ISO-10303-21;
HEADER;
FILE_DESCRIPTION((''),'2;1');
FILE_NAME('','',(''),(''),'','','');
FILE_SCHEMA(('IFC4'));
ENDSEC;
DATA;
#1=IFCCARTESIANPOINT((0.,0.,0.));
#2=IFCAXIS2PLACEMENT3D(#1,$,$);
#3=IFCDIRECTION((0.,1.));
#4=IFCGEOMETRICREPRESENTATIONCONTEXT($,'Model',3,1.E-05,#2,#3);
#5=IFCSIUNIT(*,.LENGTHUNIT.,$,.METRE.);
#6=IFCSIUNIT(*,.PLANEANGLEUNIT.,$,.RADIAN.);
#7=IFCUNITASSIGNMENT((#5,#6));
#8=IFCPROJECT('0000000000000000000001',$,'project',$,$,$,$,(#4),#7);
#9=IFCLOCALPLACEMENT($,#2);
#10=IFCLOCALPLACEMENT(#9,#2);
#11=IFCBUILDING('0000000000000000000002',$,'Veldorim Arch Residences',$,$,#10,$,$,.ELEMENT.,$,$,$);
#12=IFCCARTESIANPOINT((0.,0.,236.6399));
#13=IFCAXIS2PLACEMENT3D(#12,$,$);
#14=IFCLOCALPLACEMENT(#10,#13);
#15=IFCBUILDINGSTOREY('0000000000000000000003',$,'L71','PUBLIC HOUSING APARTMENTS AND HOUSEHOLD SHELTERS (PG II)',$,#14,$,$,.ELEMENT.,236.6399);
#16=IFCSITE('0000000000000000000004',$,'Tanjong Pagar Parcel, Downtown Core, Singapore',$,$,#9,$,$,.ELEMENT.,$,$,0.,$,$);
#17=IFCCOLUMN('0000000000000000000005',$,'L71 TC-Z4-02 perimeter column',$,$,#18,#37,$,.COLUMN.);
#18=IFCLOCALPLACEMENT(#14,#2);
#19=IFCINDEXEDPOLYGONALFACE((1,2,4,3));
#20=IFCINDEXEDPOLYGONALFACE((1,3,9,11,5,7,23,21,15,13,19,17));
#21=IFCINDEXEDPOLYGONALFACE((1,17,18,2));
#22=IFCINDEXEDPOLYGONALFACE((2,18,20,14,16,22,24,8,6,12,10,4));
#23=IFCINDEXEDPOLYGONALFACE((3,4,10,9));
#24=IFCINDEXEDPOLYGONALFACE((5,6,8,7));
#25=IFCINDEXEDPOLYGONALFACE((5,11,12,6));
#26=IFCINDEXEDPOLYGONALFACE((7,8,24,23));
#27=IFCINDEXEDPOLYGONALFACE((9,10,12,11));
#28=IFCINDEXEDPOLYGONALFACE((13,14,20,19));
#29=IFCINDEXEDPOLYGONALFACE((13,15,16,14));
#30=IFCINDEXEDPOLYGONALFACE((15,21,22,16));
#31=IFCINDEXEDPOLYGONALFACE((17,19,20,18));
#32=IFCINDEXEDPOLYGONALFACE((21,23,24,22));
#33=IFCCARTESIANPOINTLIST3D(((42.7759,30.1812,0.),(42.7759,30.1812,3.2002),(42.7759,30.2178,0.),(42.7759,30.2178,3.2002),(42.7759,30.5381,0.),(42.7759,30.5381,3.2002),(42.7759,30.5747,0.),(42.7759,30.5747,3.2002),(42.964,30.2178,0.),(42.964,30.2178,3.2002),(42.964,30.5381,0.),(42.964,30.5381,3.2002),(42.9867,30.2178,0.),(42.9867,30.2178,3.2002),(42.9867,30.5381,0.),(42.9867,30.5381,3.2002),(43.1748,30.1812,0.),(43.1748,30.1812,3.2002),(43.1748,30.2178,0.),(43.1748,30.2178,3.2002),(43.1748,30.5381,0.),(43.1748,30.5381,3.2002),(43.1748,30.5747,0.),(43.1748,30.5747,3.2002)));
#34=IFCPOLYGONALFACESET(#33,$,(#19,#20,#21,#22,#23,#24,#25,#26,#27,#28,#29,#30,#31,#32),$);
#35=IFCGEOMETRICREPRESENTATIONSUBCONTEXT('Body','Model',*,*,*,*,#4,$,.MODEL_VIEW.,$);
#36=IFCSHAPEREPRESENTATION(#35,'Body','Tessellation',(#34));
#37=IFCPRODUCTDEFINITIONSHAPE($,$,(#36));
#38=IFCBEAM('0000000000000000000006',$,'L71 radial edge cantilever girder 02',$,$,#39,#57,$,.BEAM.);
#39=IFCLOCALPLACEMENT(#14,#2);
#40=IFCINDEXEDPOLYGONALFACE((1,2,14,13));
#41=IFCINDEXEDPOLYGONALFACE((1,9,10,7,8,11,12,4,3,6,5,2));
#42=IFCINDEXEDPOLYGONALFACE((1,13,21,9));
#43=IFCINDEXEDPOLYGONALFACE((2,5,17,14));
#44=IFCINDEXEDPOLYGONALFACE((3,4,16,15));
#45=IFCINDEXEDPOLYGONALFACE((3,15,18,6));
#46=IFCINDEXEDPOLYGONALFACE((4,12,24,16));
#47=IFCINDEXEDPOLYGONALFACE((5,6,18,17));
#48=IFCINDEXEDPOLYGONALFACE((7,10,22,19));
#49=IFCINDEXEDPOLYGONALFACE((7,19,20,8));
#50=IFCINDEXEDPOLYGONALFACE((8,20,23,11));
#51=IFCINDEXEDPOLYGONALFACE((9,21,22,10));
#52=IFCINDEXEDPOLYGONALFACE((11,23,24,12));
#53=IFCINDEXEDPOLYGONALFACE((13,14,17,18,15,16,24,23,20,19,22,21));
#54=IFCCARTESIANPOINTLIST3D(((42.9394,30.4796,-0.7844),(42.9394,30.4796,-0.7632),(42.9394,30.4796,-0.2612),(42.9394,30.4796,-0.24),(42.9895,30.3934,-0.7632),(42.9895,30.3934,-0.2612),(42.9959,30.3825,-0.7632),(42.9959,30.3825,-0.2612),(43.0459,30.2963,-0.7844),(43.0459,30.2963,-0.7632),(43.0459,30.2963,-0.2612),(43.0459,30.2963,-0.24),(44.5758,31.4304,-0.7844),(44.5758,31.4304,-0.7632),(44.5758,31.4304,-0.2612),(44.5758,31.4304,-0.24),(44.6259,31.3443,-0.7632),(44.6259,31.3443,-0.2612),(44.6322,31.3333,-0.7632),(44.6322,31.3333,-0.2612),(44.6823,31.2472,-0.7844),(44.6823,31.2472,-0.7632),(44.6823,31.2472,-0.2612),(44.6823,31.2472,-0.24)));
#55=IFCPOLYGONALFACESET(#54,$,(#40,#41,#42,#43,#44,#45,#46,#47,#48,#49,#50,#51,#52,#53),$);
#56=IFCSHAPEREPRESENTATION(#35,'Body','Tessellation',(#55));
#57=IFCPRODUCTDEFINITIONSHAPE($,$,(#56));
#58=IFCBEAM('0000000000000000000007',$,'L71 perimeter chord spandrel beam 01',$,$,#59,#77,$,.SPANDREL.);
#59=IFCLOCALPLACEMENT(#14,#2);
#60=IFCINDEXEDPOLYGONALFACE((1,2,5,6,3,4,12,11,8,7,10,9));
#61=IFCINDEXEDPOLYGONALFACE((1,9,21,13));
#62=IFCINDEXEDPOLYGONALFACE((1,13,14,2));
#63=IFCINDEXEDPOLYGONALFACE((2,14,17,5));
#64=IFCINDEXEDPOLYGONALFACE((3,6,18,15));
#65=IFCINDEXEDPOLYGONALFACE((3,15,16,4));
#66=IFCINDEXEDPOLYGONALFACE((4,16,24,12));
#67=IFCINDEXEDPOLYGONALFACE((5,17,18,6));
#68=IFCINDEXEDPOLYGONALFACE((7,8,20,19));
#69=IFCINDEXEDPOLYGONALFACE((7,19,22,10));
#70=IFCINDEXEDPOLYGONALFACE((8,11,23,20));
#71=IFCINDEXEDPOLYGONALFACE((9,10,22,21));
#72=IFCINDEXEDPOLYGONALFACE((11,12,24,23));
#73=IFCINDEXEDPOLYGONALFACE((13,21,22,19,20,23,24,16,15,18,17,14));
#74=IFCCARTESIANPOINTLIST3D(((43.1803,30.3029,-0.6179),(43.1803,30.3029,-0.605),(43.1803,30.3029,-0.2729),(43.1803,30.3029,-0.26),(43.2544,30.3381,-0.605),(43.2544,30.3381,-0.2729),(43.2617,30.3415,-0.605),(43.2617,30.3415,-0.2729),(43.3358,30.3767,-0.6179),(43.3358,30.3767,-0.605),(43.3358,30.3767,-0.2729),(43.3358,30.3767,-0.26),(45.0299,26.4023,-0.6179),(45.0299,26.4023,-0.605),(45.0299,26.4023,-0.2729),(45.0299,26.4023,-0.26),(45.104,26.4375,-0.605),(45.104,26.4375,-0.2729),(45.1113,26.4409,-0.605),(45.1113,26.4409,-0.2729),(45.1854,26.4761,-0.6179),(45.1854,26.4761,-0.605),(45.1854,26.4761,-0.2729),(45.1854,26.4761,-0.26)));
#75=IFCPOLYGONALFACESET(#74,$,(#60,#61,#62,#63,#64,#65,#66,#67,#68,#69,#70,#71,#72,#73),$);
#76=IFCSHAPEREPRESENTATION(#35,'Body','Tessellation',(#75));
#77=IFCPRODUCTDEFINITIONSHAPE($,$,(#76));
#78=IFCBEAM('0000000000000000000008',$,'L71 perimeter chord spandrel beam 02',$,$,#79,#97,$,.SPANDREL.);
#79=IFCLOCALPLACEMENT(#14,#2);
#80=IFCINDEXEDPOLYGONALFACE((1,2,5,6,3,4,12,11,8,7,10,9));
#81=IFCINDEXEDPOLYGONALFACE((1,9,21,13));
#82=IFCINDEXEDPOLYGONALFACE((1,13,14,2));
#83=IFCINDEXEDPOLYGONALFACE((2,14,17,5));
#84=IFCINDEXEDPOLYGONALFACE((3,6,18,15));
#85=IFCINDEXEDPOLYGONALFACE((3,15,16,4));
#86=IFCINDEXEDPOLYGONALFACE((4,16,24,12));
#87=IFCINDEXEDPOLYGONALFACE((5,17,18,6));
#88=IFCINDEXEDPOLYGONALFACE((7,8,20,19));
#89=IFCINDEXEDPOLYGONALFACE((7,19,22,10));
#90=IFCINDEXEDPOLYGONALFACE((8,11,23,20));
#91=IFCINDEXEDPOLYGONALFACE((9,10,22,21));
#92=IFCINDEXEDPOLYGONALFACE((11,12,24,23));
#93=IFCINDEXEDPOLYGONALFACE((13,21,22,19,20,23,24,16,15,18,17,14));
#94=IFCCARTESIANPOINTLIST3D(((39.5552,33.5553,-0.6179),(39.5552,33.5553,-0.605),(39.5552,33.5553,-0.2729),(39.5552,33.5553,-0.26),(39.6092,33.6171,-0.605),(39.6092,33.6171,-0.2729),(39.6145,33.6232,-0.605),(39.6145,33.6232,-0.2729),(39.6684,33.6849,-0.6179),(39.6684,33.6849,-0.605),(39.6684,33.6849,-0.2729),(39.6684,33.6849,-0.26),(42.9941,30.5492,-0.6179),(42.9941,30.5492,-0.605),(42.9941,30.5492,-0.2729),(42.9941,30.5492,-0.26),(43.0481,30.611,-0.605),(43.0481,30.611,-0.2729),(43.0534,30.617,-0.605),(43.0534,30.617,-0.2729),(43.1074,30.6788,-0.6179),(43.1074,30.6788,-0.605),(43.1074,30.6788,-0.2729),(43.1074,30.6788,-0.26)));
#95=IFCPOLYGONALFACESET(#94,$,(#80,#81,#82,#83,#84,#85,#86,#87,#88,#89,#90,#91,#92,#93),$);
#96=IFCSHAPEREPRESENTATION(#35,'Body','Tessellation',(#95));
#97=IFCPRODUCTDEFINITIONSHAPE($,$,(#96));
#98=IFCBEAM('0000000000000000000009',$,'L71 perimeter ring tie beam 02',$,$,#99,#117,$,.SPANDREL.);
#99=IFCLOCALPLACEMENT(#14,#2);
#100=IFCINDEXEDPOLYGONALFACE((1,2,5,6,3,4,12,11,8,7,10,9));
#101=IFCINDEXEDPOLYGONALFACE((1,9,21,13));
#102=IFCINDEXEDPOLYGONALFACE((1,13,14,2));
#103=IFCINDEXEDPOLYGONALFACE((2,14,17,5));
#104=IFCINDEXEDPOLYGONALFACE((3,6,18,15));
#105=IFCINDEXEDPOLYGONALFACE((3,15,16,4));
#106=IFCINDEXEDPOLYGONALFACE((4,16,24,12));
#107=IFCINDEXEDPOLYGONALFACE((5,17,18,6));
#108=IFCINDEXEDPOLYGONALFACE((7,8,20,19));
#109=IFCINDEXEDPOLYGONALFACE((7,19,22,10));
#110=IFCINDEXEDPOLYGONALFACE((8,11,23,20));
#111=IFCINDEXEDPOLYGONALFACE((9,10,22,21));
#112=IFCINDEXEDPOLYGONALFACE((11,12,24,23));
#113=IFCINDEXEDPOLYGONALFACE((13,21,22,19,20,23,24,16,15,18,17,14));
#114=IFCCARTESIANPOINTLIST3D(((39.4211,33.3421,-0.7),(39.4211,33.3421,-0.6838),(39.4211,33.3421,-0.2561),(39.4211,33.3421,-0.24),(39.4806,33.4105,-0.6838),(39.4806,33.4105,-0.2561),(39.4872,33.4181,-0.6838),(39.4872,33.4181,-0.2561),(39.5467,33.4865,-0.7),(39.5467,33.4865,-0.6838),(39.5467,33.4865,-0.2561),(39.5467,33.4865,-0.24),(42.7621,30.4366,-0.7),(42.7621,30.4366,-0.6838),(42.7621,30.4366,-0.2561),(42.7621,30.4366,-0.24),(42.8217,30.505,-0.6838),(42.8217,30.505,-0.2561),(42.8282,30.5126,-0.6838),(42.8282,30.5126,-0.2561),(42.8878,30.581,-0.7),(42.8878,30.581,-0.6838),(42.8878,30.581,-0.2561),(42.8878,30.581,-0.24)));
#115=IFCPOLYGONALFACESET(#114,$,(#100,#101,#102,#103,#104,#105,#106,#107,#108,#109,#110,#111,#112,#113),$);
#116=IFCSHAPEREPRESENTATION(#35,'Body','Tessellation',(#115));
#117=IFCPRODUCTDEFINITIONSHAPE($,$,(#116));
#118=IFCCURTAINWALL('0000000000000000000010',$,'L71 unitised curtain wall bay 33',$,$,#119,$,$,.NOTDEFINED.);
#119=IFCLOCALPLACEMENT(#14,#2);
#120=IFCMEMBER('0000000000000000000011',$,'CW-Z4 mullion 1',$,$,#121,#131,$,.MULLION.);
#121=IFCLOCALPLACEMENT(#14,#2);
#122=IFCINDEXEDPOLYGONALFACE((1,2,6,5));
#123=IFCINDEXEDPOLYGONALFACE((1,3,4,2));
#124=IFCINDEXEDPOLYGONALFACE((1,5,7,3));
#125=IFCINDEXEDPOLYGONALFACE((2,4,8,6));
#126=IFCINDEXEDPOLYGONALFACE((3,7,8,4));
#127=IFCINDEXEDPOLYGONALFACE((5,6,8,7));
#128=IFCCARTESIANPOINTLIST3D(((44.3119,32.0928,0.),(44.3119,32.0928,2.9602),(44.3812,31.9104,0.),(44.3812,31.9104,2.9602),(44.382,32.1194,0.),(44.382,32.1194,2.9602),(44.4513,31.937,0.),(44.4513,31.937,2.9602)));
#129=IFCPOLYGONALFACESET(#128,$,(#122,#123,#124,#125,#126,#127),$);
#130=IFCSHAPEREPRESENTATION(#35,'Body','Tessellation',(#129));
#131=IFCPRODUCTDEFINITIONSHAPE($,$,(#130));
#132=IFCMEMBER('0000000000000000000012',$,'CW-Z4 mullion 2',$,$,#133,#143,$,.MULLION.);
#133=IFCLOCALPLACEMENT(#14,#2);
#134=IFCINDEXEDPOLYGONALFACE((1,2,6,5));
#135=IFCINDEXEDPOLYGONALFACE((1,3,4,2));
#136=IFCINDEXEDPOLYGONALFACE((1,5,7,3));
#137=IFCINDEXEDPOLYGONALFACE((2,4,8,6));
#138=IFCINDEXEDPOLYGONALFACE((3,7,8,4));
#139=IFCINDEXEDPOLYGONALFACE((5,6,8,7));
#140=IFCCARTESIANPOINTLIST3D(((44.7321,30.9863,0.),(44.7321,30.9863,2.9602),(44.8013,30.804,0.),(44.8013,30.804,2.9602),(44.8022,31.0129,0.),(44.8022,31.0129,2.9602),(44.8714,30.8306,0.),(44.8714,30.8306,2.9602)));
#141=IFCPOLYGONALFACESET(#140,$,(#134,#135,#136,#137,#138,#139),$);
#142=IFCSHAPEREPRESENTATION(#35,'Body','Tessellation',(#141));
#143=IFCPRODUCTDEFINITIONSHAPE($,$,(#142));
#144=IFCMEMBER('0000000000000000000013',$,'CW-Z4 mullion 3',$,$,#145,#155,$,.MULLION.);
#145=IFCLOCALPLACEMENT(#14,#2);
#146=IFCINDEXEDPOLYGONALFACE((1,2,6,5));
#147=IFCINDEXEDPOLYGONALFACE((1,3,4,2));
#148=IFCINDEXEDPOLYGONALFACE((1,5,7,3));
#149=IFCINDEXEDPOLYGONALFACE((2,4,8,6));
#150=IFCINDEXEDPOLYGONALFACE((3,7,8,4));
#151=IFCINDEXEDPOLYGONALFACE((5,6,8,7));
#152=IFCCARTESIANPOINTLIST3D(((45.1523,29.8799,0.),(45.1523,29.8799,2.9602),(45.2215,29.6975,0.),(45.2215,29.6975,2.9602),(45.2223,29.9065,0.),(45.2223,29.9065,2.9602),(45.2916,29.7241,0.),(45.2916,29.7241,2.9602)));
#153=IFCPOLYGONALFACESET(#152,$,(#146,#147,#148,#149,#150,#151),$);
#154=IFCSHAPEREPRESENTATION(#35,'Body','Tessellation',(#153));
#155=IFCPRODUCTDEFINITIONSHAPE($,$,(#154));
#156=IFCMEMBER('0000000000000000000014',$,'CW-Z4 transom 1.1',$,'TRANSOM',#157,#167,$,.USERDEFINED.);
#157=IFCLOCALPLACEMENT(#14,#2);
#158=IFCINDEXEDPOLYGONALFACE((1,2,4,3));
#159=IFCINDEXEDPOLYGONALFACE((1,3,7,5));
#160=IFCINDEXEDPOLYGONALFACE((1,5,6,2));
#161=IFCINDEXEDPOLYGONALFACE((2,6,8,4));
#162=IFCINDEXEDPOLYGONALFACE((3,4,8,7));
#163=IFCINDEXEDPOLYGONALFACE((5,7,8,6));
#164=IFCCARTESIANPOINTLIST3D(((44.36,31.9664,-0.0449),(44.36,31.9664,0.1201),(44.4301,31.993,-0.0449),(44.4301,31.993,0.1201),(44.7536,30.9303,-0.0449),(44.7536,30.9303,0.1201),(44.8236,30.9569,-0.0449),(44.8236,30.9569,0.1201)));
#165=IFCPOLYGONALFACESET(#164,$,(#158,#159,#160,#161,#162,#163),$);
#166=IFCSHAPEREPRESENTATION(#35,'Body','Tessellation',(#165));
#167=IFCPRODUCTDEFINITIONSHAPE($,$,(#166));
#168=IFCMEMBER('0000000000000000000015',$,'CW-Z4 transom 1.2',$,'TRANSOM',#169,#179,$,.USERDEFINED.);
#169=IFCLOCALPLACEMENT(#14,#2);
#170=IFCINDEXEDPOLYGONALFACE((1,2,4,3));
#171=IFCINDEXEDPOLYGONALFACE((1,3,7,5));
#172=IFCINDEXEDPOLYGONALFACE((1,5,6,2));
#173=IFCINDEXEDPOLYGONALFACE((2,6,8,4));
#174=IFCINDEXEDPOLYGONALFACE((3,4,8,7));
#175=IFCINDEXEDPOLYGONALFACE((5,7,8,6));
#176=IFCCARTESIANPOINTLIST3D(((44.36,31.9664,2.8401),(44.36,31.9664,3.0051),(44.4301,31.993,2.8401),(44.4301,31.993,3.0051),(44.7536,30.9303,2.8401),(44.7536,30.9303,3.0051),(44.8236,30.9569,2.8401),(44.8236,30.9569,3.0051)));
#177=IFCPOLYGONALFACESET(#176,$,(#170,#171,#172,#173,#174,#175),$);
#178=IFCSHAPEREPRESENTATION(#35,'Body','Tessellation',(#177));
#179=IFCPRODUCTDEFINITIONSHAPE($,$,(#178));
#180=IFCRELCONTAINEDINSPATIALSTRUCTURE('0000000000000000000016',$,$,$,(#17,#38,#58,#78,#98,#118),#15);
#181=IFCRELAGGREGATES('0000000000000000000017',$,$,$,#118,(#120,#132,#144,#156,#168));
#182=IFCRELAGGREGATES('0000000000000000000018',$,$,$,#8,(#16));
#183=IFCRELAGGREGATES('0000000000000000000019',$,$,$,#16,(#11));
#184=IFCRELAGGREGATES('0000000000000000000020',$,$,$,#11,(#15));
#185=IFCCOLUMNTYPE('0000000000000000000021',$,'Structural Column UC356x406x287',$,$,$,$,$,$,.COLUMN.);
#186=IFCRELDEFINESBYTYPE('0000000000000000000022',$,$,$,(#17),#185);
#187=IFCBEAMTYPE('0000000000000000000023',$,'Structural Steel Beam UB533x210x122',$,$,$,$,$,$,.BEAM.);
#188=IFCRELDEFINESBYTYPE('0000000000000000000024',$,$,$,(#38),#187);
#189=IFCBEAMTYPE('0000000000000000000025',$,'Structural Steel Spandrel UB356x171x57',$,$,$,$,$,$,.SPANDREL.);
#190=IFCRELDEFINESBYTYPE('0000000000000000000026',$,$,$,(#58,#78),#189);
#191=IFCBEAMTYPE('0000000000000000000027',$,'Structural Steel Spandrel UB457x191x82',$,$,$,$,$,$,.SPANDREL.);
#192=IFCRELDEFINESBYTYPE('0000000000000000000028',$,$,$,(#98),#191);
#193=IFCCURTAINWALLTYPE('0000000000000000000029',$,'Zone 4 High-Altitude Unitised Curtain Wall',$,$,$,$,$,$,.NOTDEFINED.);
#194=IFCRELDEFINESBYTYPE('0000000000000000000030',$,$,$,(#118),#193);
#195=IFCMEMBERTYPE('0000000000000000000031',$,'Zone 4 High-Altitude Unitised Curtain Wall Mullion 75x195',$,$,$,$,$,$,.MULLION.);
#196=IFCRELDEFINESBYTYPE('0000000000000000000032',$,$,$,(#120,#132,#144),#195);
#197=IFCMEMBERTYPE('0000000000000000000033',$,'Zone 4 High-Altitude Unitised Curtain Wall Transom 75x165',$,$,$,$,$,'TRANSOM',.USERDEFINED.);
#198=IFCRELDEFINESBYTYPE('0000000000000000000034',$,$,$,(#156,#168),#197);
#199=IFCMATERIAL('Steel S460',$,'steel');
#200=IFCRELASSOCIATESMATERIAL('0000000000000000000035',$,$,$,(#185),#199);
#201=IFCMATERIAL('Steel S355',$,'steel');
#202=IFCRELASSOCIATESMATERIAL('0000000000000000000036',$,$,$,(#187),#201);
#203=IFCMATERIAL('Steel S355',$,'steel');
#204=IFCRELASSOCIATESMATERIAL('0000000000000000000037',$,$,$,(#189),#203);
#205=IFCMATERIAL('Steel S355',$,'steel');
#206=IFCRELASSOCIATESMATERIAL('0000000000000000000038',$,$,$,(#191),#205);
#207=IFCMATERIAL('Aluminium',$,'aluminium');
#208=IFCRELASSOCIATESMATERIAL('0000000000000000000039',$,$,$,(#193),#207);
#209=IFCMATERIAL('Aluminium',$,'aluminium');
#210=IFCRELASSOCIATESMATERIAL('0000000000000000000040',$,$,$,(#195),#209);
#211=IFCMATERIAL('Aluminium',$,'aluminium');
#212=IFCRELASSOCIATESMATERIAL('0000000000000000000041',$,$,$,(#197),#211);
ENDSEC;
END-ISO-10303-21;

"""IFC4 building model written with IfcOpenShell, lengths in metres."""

from ifc_helpers import new_model, si_unit, direction, frame, origin, origin_2d, place, context, subcontext, project, spatial, rectangle, i_section, extrude, material, material_profile, profile_set, type_object, element, aggregate, save


model = new_model("IFC4")

# Units and contexts
model_context = context("Model", 3, precision=1e-05, world=origin(), true_north=direction((0.0, 1.0)))
body_context = subcontext(model_context, "Body", "Model", "MODEL_VIEW")
ifc_project = project(units=[si_unit("LENGTHUNIT", "METRE"), si_unit("PLANEANGLEUNIT", "RADIAN")], contexts=[model_context])

# Site, building, storey
site_placement = place(None, origin())
site = spatial("IfcSite", under=ifc_project, at=site_placement, Name="Tanjong Pagar Parcel, Downtown Core, Singapore", CompositionType="ELEMENT", RefElevation=0.0)
building_placement = place(site_placement, origin())
building = spatial("IfcBuilding", under=site, at=building_placement, Name="Veldorim Arch Residences", CompositionType="ELEMENT")
storey_placement = place(building_placement, frame((0.0, 0.0, 236.6399)))
storey = spatial("IfcBuildingStorey", under=building, at=storey_placement, Name="L71", Description="PUBLIC HOUSING APARTMENTS AND HOUSEHOLD SHELTERS (PG II)", CompositionType="ELEMENT", Elevation=236.6399)

# Column
ifc_material_1 = material(Name="Steel S460", Category="steel")
ifc_material_profile_1 = material_profile(ifc_material_1, i_section(OverallWidth=0.3989, OverallDepth=0.3936, WebThickness=0.0227, FlangeThickness=0.0366, at=origin_2d()), Name="UC356x406x287")
ifc_profile_set_1 = profile_set([ifc_material_profile_1], Name="Steel S460")
column_type = type_object("IfcColumnType", Name="Structural Column UC356x406x287", PredefinedType="COLUMN", material=ifc_profile_set_1)
column_placement = place(storey_placement, frame((42.9753, 30.3779, 0.0), z_axis=(0.0, 0.0, 1.0), x_axis=(1.0, 0.0, 0.0)))
element("IfcColumn", 1, at=column_placement, inside=storey, type_object=column_type, Name="L71 TC-Z4-02 perimeter column", PredefinedType="COLUMN", context=body_context, shape_type="SweptSolid", body=[
    extrude(i_section(OverallWidth=0.3989, OverallDepth=0.3936, WebThickness=0.0227, FlangeThickness=0.0366, at=origin_2d()), origin(), (0.0, 0.0, 1.0), 3.2002),
])

# Beams
ifc_material_2 = material(Name="Steel S355", Category="steel")
ifc_material_profile_2 = material_profile(ifc_material_2, i_section(OverallWidth=0.2119, OverallDepth=0.5444, WebThickness=0.0127, FlangeThickness=0.0212, at=origin_2d()), Name="UB533x210x122")
ifc_profile_set_2 = profile_set([ifc_material_profile_2], Name="Steel S355")
beam_type_1 = type_object("IfcBeamType", Name="Structural Steel Beam UB533x210x122", PredefinedType="BEAM", material=ifc_profile_set_2)
beam_1_placement = place(storey_placement, frame((42.9927, 30.3879, -0.5122), z_axis=(0.864624, 0.502419, 0.0), x_axis=(-0.502419, 0.864624, 0.0)))
element("IfcBeam", 2, at=beam_1_placement, inside=storey, type_object=beam_type_1, Name="L71 radial edge cantilever girder 02", PredefinedType="BEAM", context=body_context, shape_type="SweptSolid", body=[
    extrude(i_section(OverallWidth=0.2119, OverallDepth=0.5444, WebThickness=0.0127, FlangeThickness=0.0212, at=origin_2d()), origin(), (0.0, 0.0, 1.0), 1.8926),
])
ifc_material_3 = material(Name="Steel S355", Category="steel")
ifc_material_profile_3 = material_profile(ifc_material_3, i_section(OverallWidth=0.1721, OverallDepth=0.3579, WebThickness=0.0081, FlangeThickness=0.0129, at=origin_2d()), Name="UB356x171x57")
ifc_profile_set_3 = profile_set([ifc_material_profile_3], Name="Steel S355")
beam_type_2 = type_object("IfcBeamType", Name="Structural Steel Spandrel UB356x171x57", PredefinedType="SPANDREL", material=ifc_profile_set_3)
beam_2_placement = place(storey_placement, frame((45.1077, 26.4392, -0.439), z_axis=(-0.428453, 0.903564, 0.0), x_axis=(-0.903564, -0.428453, 0.0)))
element("IfcBeam", 3, at=beam_2_placement, inside=storey, type_object=beam_type_2, Name="L71 perimeter chord spandrel beam 01", PredefinedType="SPANDREL", context=body_context, shape_type="SweptSolid", body=[
    extrude(i_section(OverallWidth=0.1721, OverallDepth=0.3579, WebThickness=0.0081, FlangeThickness=0.0129, at=origin_2d()), origin(), (0.0, 0.0, 1.0), 4.3169),
])
beam_3_placement = place(storey_placement, frame((43.0508, 30.614, -0.439), z_axis=(-0.752901, 0.658134, 0.0), x_axis=(-0.658134, -0.752901, 0.0)))
element("IfcBeam", 4, at=beam_3_placement, inside=storey, type_object=beam_type_2, Name="L71 perimeter chord spandrel beam 02", PredefinedType="SPANDREL", context=body_context, shape_type="SweptSolid", body=[
    extrude(i_section(OverallWidth=0.1721, OverallDepth=0.3579, WebThickness=0.0081, FlangeThickness=0.0129, at=origin_2d()), origin(), (0.0, 0.0, 1.0), 4.5676),
])
ifc_material_4 = material(Name="Steel S355", Category="steel")
ifc_material_profile_4 = material_profile(ifc_material_4, i_section(OverallWidth=0.1914, OverallDepth=0.46, WebThickness=0.01, FlangeThickness=0.0161, at=origin_2d()), Name="UB457x191x82")
ifc_profile_set_4 = profile_set([ifc_material_profile_4], Name="Steel S355")
beam_type_3 = type_object("IfcBeamType", Name="Structural Steel Spandrel UB457x191x82", PredefinedType="SPANDREL", material=ifc_profile_set_4)
beam_4_placement = place(storey_placement, frame((42.825, 30.5088, -0.47), z_axis=(-0.754578, 0.65621, 0.0), x_axis=(-0.65621, -0.754578, 0.0)))
element("IfcBeam", 5, at=beam_4_placement, inside=storey, type_object=beam_type_3, Name="L71 perimeter ring tie beam 02", PredefinedType="SPANDREL", context=body_context, shape_type="SweptSolid", body=[
    extrude(i_section(OverallWidth=0.1914, OverallDepth=0.46, WebThickness=0.01, FlangeThickness=0.0161, at=origin_2d()), origin(), (0.0, 0.0, 1.0), 4.4277),
])

# Curtain wall, members
ifc_material_5 = material(Name="Aluminium", Category="aluminium")
curtain_wall_type = type_object("IfcCurtainWallType", Name="Zone 4 High-Altitude Unitised Curtain Wall", PredefinedType="NOTDEFINED", material=ifc_material_5)
curtain_wall_placement = place(storey_placement, origin())
curtain_wall = element("IfcCurtainWall", 6, at=curtain_wall_placement, inside=storey, type_object=curtain_wall_type, Name="L71 unitised curtain wall bay 33", PredefinedType="NOTDEFINED")
ifc_material_6 = material(Name="Aluminium", Category="aluminium")
ifc_material_profile_5 = material_profile(ifc_material_6, rectangle(XDim=0.075, YDim=0.1951, at=origin_2d()), Name="ALU_MUL_75x195")
ifc_profile_set_5 = profile_set([ifc_material_profile_5], Name="Aluminium")
member_type_1 = type_object("IfcMemberType", Name="Zone 4 High-Altitude Unitised Curtain Wall Mullion 75x195", PredefinedType="MULLION", material=ifc_profile_set_5)
member_1_placement = place(storey_placement, frame((44.3816, 32.0149, 0.0), z_axis=(0.0, 0.0, 1.0), x_axis=(0.934865, 0.355002, 0.0)))
member_1 = element("IfcMember", 7, at=member_1_placement, type_object=member_type_1, Name="CW-Z4 mullion 1", PredefinedType="MULLION", context=body_context, shape_type="SweptSolid", body=[
    extrude(rectangle(XDim=0.075, YDim=0.1951, at=origin_2d()), origin(), (0.0, 0.0, 1.0), 2.9602),
])
member_2_placement = place(storey_placement, frame((44.8018, 30.9084, 0.0), z_axis=(0.0, 0.0, 1.0), x_axis=(0.934865, 0.355002, 0.0)))
member_2 = element("IfcMember", 8, at=member_2_placement, type_object=member_type_1, Name="CW-Z4 mullion 2", PredefinedType="MULLION", context=body_context, shape_type="SweptSolid", body=[
    extrude(rectangle(XDim=0.075, YDim=0.1951, at=origin_2d()), origin(), (0.0, 0.0, 1.0), 2.9602),
])
member_3_placement = place(storey_placement, frame((45.2219, 29.802, 0.0), z_axis=(0.0, 0.0, 1.0), x_axis=(0.934865, 0.355002, 0.0)))
member_3 = element("IfcMember", 9, at=member_3_placement, type_object=member_type_1, Name="CW-Z4 mullion 3", PredefinedType="MULLION", context=body_context, shape_type="SweptSolid", body=[
    extrude(rectangle(XDim=0.075, YDim=0.1951, at=origin_2d()), origin(), (0.0, 0.0, 1.0), 2.9602),
])
ifc_material_7 = material(Name="Aluminium", Category="aluminium")
ifc_material_profile_6 = material_profile(ifc_material_7, rectangle(XDim=0.075, YDim=0.165, at=origin_2d()), Name="ALU_TRN_75x165")
ifc_profile_set_6 = profile_set([ifc_material_profile_6], Name="Aluminium")
member_type_2 = type_object("IfcMemberType", Name="Zone 4 High-Altitude Unitised Curtain Wall Transom 75x165", ElementType="TRANSOM", PredefinedType="USERDEFINED", material=ifc_profile_set_6)
member_4_placement = place(storey_placement, frame((44.395, 31.9797, 0.0376), z_axis=(0.355079, -0.934836, 0.0), x_axis=(0.934836, 0.355079, 0.0)))
member_4 = element("IfcMember", 10, at=member_4_placement, type_object=member_type_2, Name="CW-Z4 transom 1.1", ObjectType="TRANSOM", PredefinedType="USERDEFINED", context=body_context, shape_type="SweptSolid", body=[
    extrude(rectangle(XDim=0.075, YDim=0.165, at=origin_2d()), origin(), (0.0, 0.0, 1.0), 1.1084),
])
member_5_placement = place(storey_placement, frame((44.395, 31.9797, 2.9226), z_axis=(0.355079, -0.934836, 0.0), x_axis=(0.934836, 0.355079, 0.0)))
member_5 = element("IfcMember", 11, at=member_5_placement, type_object=member_type_2, Name="CW-Z4 transom 1.2", ObjectType="TRANSOM", PredefinedType="USERDEFINED", context=body_context, shape_type="SweptSolid", body=[
    extrude(rectangle(XDim=0.075, YDim=0.165, at=origin_2d()), origin(), (0.0, 0.0, 1.0), 1.1084),
])
aggregate(curtain_wall, [member_1, member_2, member_3, member_4, member_5])

save(model, "model.ifc")
